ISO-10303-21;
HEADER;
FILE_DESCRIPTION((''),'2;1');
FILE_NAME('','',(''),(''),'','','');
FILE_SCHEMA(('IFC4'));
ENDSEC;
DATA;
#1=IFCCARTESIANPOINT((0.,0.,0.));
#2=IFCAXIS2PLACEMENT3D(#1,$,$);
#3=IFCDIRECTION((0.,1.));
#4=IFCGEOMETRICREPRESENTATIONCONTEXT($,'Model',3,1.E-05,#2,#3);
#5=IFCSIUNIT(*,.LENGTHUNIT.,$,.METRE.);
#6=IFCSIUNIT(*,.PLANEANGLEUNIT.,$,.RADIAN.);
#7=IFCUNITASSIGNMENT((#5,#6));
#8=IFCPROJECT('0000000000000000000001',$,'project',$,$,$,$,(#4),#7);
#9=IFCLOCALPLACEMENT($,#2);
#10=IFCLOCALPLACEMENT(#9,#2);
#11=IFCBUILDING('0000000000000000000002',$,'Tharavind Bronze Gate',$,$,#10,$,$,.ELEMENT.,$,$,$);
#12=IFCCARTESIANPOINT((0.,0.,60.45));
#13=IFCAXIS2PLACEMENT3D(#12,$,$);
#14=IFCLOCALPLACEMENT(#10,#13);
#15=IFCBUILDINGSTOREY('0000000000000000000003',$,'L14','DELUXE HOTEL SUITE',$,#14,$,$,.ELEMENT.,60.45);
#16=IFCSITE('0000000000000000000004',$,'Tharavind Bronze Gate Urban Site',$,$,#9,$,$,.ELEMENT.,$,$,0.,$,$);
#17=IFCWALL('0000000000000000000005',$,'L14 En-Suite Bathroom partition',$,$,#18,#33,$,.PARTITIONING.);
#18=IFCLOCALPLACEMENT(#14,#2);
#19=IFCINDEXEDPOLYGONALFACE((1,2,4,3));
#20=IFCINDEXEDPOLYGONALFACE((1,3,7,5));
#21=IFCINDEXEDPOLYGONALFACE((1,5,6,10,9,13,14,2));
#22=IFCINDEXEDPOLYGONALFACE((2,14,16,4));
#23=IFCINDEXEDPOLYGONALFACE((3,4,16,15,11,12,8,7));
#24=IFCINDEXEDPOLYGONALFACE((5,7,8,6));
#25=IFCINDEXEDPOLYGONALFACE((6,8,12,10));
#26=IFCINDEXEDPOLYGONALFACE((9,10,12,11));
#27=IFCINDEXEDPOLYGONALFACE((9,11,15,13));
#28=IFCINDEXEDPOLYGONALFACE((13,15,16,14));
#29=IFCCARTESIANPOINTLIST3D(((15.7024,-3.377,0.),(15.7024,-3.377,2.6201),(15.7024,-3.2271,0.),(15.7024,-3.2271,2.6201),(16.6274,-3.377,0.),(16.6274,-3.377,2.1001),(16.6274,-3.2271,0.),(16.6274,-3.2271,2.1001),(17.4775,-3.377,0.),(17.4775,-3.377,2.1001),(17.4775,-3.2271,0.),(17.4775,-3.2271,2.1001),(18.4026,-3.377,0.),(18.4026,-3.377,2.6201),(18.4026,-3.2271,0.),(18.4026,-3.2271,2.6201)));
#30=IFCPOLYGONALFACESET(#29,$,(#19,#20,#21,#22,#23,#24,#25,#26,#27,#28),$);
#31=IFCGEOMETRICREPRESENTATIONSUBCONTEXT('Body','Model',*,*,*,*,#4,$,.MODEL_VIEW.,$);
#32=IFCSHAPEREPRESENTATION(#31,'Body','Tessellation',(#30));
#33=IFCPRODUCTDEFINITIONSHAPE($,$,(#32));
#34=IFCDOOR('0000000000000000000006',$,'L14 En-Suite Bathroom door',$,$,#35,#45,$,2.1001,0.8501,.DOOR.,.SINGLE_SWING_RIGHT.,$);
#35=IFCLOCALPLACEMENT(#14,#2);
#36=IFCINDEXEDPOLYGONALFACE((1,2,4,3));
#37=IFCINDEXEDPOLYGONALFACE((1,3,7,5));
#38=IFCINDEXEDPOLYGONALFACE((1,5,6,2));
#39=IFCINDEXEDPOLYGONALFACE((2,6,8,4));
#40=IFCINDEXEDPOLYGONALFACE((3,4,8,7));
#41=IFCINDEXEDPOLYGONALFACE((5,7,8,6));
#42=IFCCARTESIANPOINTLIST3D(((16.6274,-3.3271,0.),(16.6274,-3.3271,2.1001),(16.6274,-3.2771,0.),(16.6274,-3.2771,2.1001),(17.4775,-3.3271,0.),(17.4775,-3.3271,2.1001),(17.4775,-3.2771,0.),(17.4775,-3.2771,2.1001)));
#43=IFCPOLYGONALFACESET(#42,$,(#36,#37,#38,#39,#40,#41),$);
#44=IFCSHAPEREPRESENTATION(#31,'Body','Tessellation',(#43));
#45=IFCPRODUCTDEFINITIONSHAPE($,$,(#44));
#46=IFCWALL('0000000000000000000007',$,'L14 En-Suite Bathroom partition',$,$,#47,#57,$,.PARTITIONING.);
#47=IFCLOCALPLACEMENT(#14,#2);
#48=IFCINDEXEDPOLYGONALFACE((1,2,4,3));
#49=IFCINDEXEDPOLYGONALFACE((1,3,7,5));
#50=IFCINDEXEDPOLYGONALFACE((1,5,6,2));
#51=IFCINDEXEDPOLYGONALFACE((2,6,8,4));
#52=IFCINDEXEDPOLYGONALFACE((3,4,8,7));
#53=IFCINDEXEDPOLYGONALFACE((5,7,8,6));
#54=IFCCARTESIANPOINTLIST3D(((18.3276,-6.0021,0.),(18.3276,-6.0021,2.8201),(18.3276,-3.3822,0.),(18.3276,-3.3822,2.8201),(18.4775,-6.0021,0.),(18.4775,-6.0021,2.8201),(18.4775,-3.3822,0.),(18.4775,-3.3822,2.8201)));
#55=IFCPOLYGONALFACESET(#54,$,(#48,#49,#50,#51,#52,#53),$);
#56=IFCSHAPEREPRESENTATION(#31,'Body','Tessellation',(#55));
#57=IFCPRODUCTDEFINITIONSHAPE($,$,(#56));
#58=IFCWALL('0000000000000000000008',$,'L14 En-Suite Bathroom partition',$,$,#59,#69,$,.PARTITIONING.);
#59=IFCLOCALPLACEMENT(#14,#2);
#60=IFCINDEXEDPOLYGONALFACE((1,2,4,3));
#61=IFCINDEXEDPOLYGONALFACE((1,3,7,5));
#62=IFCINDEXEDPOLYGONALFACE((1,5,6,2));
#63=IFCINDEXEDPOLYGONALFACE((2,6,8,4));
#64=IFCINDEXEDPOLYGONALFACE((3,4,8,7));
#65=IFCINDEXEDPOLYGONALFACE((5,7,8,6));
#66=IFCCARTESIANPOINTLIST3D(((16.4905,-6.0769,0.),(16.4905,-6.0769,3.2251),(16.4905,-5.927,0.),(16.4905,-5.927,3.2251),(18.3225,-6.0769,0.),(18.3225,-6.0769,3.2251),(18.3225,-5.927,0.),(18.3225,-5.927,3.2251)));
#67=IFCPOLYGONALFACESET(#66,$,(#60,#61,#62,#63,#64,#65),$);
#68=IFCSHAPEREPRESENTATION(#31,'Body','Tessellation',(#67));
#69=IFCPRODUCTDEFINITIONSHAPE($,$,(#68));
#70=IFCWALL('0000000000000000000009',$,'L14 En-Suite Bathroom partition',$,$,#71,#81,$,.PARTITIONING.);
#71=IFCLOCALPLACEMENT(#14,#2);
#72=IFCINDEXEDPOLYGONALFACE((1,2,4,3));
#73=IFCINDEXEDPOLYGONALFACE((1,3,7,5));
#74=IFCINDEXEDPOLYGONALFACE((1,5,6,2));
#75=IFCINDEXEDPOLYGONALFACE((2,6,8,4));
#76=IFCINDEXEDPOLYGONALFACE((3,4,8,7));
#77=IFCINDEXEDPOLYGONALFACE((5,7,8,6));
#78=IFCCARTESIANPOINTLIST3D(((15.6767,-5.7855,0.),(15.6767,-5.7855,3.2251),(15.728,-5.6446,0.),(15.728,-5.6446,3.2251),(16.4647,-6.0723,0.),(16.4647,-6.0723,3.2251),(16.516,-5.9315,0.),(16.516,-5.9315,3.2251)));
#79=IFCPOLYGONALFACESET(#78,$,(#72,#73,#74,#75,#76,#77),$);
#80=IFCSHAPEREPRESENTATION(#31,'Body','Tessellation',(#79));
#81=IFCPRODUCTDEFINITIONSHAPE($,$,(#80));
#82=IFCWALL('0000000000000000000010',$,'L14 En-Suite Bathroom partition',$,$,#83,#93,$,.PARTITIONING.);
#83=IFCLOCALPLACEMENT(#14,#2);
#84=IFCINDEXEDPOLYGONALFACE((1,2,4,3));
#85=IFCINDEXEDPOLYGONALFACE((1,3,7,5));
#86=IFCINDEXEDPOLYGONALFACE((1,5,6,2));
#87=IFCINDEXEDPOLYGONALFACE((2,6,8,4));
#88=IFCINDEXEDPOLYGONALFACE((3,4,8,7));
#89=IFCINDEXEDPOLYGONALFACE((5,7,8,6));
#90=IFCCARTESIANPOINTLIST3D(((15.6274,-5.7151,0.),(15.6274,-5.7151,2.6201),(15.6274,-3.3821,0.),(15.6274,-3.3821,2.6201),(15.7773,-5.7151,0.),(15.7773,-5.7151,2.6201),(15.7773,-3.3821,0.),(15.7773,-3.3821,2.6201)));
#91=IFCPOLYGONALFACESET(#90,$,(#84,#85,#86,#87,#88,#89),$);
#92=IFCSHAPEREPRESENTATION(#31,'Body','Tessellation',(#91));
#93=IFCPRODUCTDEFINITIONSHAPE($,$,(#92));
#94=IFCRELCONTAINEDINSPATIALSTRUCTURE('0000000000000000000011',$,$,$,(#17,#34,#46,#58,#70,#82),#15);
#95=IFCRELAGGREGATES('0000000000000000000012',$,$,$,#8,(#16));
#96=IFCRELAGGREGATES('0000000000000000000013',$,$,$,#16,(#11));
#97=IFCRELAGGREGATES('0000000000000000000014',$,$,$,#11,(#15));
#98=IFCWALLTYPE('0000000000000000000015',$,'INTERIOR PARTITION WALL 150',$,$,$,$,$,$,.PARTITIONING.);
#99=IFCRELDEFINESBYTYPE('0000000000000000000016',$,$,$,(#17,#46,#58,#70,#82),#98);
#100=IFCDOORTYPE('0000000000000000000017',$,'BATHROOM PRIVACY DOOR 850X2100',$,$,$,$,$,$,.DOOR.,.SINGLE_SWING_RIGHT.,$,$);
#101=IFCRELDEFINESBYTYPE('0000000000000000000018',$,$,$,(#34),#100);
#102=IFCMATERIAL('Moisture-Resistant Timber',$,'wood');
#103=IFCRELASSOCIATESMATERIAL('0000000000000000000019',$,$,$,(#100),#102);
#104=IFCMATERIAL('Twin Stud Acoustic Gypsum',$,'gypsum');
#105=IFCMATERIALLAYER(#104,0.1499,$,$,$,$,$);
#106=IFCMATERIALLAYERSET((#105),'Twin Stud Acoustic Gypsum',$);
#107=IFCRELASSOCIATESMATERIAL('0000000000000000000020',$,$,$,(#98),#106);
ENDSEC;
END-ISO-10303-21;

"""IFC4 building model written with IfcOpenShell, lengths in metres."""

from ifc_helpers import new_model, si_unit, direction, frame, frame_2d, origin, place, context, subcontext, project, spatial, rectangle, extrude, material, layer, layer_set, type_object, element, fill, save


model = new_model("IFC4")

# Units and contexts
model_context = context("Model", 3, precision=1e-05, world=origin(), true_north=direction((0.0, 1.0)))
body_context = subcontext(model_context, "Body", "Model", "MODEL_VIEW")
ifc_project = project(units=[si_unit("LENGTHUNIT", "METRE"), si_unit("PLANEANGLEUNIT", "RADIAN")], contexts=[model_context])

# Site, building, storey
site_placement = place(None, origin())
site = spatial("IfcSite", under=ifc_project, at=site_placement, Name="Tharavind Bronze Gate Urban Site", CompositionType="ELEMENT", RefElevation=0.0)
building_placement = place(site_placement, origin())
building = spatial("IfcBuilding", under=site, at=building_placement, Name="Tharavind Bronze Gate", CompositionType="ELEMENT")
storey_placement = place(building_placement, frame((0.0, 0.0, 60.45)))
storey = spatial("IfcBuildingStorey", under=building, at=storey_placement, Name="L14", Description="DELUXE HOTEL SUITE", CompositionType="ELEMENT", Elevation=60.45)

# Shared definitions
ifc_material_1 = material(Name="Moisture-Resistant Timber", Category="wood")
door_type = type_object("IfcDoorType", Name="BATHROOM PRIVACY DOOR 850X2100", OperationType="SINGLE_SWING_RIGHT", PredefinedType="DOOR", material=ifc_material_1)

# Shared definitions
ifc_material_2 = material(Name="Twin Stud Acoustic Gypsum", Category="gypsum")
ifc_layer_1 = layer(ifc_material_2, 0.1499)
ifc_layer_set_1 = layer_set([ifc_layer_1], Name="Twin Stud Acoustic Gypsum")
wall_type_1 = type_object("IfcWallType", Name="INTERIOR PARTITION WALL 150", PredefinedType="PARTITIONING", material=ifc_layer_set_1)

# Wall, opening, door
wall_1_placement = place(storey_placement, frame((15.7024, -3.302, 0.0), z_axis=(0.0, 0.0, 1.0), x_axis=(1.0, 0.0, 0.0)))
wall_1 = element("IfcWall", 1, at=wall_1_placement, inside=storey, type_object=wall_type_1, Name="L14 En-Suite Bathroom partition", PredefinedType="PARTITIONING", context=body_context, shape_type="SweptSolid", body=[
    extrude(rectangle(XDim=2.7002, YDim=0.1499, at=frame_2d((1.3501, 0.0))), origin(), (0.0, 0.0, 1.0), 2.6201),
])
opening_1_placement = place(wall_1_placement, frame((0.925, 0.0, 0.0)))
opening_1 = element("IfcOpeningElement", 2, at=opening_1_placement, cuts=wall_1, PredefinedType="OPENING", context=body_context, shape_type="SweptSolid", body=[
    extrude(rectangle(XDim=0.8501, YDim=2.1001, at=frame_2d((0.425, 1.05))), frame((0.0, 0.085, 0.0), z_axis=(0.0, -1.0, 0.0), x_axis=(1.0, 0.0, 0.0)), (0.0, 0.0, 1.0), 0.1699),
])
door_1_placement = place(opening_1_placement, origin())
door_1 = element("IfcDoor", 3, at=door_1_placement, inside=storey, type_object=door_type, Name="L14 En-Suite Bathroom door", OperationType="SINGLE_SWING_RIGHT", OverallHeight=2.1001, OverallWidth=0.8501, PredefinedType="DOOR", context=body_context, shape_type="SweptSolid", body=[
    extrude(rectangle(XDim=0.8501, YDim=2.1001, at=frame_2d((0.425, 1.05))), frame((0.0, 0.0249, 0.0), z_axis=(0.0, -1.0, 0.0), x_axis=(1.0, 0.0, 0.0)), (0.0, 0.0, 1.0), 0.05),
])
fill(opening_1, door_1)

# Walls
wall_2_placement = place(storey_placement, frame((18.4026, -3.3821, 0.0), z_axis=(0.0, 0.0, 1.0), x_axis=(0.0, -1.0, 0.0)))
element("IfcWall", 4, at=wall_2_placement, inside=storey, type_object=wall_type_1, Name="L14 En-Suite Bathroom partition", PredefinedType="PARTITIONING", context=body_context, shape_type="SweptSolid", body=[
    extrude(rectangle(XDim=2.6199, YDim=0.1499, at=frame_2d((1.3101, 0.0))), origin(), (0.0, 0.0, 1.0), 2.8201),
])
wall_3_placement = place(storey_placement, frame((18.3225, -6.002, 0.0), z_axis=(0.0, 0.0, 1.0), x_axis=(-1.0, 0.0, 0.0)))
element("IfcWall", 5, at=wall_3_placement, inside=storey, type_object=wall_type_1, Name="L14 En-Suite Bathroom partition", PredefinedType="PARTITIONING", context=body_context, shape_type="SweptSolid", body=[
    extrude(rectangle(XDim=1.832, YDim=0.1499, at=frame_2d((0.916, 0.0))), origin(), (0.0, 0.0, 1.0), 3.2251),
])
wall_4_placement = place(storey_placement, frame((16.4905, -6.002, 0.0), z_axis=(0.0, 0.0, 1.0), x_axis=(-0.939683, 0.342047, 0.0)))
element("IfcWall", 6, at=wall_4_placement, inside=storey, type_object=wall_type_1, Name="L14 En-Suite Bathroom partition", PredefinedType="PARTITIONING", context=body_context, shape_type="SweptSolid", body=[
    extrude(rectangle(XDim=0.8386, YDim=0.1499, at=frame_2d((0.4194, 0.0))), origin(), (0.0, 0.0, 1.0), 3.2251),
])
wall_5_placement = place(storey_placement, frame((15.7024, -5.7151, 0.0), z_axis=(0.0, 0.0, 1.0), x_axis=(0.0, 1.0, 0.0)))
element("IfcWall", 7, at=wall_5_placement, inside=storey, type_object=wall_type_1, Name="L14 En-Suite Bathroom partition", PredefinedType="PARTITIONING", context=body_context, shape_type="SweptSolid", body=[
    extrude(rectangle(XDim=2.333, YDim=0.1499, at=frame_2d((1.1665, 0.0))), origin(), (0.0, 0.0, 1.0), 2.6201),
])

save(model, "model.ifc")
